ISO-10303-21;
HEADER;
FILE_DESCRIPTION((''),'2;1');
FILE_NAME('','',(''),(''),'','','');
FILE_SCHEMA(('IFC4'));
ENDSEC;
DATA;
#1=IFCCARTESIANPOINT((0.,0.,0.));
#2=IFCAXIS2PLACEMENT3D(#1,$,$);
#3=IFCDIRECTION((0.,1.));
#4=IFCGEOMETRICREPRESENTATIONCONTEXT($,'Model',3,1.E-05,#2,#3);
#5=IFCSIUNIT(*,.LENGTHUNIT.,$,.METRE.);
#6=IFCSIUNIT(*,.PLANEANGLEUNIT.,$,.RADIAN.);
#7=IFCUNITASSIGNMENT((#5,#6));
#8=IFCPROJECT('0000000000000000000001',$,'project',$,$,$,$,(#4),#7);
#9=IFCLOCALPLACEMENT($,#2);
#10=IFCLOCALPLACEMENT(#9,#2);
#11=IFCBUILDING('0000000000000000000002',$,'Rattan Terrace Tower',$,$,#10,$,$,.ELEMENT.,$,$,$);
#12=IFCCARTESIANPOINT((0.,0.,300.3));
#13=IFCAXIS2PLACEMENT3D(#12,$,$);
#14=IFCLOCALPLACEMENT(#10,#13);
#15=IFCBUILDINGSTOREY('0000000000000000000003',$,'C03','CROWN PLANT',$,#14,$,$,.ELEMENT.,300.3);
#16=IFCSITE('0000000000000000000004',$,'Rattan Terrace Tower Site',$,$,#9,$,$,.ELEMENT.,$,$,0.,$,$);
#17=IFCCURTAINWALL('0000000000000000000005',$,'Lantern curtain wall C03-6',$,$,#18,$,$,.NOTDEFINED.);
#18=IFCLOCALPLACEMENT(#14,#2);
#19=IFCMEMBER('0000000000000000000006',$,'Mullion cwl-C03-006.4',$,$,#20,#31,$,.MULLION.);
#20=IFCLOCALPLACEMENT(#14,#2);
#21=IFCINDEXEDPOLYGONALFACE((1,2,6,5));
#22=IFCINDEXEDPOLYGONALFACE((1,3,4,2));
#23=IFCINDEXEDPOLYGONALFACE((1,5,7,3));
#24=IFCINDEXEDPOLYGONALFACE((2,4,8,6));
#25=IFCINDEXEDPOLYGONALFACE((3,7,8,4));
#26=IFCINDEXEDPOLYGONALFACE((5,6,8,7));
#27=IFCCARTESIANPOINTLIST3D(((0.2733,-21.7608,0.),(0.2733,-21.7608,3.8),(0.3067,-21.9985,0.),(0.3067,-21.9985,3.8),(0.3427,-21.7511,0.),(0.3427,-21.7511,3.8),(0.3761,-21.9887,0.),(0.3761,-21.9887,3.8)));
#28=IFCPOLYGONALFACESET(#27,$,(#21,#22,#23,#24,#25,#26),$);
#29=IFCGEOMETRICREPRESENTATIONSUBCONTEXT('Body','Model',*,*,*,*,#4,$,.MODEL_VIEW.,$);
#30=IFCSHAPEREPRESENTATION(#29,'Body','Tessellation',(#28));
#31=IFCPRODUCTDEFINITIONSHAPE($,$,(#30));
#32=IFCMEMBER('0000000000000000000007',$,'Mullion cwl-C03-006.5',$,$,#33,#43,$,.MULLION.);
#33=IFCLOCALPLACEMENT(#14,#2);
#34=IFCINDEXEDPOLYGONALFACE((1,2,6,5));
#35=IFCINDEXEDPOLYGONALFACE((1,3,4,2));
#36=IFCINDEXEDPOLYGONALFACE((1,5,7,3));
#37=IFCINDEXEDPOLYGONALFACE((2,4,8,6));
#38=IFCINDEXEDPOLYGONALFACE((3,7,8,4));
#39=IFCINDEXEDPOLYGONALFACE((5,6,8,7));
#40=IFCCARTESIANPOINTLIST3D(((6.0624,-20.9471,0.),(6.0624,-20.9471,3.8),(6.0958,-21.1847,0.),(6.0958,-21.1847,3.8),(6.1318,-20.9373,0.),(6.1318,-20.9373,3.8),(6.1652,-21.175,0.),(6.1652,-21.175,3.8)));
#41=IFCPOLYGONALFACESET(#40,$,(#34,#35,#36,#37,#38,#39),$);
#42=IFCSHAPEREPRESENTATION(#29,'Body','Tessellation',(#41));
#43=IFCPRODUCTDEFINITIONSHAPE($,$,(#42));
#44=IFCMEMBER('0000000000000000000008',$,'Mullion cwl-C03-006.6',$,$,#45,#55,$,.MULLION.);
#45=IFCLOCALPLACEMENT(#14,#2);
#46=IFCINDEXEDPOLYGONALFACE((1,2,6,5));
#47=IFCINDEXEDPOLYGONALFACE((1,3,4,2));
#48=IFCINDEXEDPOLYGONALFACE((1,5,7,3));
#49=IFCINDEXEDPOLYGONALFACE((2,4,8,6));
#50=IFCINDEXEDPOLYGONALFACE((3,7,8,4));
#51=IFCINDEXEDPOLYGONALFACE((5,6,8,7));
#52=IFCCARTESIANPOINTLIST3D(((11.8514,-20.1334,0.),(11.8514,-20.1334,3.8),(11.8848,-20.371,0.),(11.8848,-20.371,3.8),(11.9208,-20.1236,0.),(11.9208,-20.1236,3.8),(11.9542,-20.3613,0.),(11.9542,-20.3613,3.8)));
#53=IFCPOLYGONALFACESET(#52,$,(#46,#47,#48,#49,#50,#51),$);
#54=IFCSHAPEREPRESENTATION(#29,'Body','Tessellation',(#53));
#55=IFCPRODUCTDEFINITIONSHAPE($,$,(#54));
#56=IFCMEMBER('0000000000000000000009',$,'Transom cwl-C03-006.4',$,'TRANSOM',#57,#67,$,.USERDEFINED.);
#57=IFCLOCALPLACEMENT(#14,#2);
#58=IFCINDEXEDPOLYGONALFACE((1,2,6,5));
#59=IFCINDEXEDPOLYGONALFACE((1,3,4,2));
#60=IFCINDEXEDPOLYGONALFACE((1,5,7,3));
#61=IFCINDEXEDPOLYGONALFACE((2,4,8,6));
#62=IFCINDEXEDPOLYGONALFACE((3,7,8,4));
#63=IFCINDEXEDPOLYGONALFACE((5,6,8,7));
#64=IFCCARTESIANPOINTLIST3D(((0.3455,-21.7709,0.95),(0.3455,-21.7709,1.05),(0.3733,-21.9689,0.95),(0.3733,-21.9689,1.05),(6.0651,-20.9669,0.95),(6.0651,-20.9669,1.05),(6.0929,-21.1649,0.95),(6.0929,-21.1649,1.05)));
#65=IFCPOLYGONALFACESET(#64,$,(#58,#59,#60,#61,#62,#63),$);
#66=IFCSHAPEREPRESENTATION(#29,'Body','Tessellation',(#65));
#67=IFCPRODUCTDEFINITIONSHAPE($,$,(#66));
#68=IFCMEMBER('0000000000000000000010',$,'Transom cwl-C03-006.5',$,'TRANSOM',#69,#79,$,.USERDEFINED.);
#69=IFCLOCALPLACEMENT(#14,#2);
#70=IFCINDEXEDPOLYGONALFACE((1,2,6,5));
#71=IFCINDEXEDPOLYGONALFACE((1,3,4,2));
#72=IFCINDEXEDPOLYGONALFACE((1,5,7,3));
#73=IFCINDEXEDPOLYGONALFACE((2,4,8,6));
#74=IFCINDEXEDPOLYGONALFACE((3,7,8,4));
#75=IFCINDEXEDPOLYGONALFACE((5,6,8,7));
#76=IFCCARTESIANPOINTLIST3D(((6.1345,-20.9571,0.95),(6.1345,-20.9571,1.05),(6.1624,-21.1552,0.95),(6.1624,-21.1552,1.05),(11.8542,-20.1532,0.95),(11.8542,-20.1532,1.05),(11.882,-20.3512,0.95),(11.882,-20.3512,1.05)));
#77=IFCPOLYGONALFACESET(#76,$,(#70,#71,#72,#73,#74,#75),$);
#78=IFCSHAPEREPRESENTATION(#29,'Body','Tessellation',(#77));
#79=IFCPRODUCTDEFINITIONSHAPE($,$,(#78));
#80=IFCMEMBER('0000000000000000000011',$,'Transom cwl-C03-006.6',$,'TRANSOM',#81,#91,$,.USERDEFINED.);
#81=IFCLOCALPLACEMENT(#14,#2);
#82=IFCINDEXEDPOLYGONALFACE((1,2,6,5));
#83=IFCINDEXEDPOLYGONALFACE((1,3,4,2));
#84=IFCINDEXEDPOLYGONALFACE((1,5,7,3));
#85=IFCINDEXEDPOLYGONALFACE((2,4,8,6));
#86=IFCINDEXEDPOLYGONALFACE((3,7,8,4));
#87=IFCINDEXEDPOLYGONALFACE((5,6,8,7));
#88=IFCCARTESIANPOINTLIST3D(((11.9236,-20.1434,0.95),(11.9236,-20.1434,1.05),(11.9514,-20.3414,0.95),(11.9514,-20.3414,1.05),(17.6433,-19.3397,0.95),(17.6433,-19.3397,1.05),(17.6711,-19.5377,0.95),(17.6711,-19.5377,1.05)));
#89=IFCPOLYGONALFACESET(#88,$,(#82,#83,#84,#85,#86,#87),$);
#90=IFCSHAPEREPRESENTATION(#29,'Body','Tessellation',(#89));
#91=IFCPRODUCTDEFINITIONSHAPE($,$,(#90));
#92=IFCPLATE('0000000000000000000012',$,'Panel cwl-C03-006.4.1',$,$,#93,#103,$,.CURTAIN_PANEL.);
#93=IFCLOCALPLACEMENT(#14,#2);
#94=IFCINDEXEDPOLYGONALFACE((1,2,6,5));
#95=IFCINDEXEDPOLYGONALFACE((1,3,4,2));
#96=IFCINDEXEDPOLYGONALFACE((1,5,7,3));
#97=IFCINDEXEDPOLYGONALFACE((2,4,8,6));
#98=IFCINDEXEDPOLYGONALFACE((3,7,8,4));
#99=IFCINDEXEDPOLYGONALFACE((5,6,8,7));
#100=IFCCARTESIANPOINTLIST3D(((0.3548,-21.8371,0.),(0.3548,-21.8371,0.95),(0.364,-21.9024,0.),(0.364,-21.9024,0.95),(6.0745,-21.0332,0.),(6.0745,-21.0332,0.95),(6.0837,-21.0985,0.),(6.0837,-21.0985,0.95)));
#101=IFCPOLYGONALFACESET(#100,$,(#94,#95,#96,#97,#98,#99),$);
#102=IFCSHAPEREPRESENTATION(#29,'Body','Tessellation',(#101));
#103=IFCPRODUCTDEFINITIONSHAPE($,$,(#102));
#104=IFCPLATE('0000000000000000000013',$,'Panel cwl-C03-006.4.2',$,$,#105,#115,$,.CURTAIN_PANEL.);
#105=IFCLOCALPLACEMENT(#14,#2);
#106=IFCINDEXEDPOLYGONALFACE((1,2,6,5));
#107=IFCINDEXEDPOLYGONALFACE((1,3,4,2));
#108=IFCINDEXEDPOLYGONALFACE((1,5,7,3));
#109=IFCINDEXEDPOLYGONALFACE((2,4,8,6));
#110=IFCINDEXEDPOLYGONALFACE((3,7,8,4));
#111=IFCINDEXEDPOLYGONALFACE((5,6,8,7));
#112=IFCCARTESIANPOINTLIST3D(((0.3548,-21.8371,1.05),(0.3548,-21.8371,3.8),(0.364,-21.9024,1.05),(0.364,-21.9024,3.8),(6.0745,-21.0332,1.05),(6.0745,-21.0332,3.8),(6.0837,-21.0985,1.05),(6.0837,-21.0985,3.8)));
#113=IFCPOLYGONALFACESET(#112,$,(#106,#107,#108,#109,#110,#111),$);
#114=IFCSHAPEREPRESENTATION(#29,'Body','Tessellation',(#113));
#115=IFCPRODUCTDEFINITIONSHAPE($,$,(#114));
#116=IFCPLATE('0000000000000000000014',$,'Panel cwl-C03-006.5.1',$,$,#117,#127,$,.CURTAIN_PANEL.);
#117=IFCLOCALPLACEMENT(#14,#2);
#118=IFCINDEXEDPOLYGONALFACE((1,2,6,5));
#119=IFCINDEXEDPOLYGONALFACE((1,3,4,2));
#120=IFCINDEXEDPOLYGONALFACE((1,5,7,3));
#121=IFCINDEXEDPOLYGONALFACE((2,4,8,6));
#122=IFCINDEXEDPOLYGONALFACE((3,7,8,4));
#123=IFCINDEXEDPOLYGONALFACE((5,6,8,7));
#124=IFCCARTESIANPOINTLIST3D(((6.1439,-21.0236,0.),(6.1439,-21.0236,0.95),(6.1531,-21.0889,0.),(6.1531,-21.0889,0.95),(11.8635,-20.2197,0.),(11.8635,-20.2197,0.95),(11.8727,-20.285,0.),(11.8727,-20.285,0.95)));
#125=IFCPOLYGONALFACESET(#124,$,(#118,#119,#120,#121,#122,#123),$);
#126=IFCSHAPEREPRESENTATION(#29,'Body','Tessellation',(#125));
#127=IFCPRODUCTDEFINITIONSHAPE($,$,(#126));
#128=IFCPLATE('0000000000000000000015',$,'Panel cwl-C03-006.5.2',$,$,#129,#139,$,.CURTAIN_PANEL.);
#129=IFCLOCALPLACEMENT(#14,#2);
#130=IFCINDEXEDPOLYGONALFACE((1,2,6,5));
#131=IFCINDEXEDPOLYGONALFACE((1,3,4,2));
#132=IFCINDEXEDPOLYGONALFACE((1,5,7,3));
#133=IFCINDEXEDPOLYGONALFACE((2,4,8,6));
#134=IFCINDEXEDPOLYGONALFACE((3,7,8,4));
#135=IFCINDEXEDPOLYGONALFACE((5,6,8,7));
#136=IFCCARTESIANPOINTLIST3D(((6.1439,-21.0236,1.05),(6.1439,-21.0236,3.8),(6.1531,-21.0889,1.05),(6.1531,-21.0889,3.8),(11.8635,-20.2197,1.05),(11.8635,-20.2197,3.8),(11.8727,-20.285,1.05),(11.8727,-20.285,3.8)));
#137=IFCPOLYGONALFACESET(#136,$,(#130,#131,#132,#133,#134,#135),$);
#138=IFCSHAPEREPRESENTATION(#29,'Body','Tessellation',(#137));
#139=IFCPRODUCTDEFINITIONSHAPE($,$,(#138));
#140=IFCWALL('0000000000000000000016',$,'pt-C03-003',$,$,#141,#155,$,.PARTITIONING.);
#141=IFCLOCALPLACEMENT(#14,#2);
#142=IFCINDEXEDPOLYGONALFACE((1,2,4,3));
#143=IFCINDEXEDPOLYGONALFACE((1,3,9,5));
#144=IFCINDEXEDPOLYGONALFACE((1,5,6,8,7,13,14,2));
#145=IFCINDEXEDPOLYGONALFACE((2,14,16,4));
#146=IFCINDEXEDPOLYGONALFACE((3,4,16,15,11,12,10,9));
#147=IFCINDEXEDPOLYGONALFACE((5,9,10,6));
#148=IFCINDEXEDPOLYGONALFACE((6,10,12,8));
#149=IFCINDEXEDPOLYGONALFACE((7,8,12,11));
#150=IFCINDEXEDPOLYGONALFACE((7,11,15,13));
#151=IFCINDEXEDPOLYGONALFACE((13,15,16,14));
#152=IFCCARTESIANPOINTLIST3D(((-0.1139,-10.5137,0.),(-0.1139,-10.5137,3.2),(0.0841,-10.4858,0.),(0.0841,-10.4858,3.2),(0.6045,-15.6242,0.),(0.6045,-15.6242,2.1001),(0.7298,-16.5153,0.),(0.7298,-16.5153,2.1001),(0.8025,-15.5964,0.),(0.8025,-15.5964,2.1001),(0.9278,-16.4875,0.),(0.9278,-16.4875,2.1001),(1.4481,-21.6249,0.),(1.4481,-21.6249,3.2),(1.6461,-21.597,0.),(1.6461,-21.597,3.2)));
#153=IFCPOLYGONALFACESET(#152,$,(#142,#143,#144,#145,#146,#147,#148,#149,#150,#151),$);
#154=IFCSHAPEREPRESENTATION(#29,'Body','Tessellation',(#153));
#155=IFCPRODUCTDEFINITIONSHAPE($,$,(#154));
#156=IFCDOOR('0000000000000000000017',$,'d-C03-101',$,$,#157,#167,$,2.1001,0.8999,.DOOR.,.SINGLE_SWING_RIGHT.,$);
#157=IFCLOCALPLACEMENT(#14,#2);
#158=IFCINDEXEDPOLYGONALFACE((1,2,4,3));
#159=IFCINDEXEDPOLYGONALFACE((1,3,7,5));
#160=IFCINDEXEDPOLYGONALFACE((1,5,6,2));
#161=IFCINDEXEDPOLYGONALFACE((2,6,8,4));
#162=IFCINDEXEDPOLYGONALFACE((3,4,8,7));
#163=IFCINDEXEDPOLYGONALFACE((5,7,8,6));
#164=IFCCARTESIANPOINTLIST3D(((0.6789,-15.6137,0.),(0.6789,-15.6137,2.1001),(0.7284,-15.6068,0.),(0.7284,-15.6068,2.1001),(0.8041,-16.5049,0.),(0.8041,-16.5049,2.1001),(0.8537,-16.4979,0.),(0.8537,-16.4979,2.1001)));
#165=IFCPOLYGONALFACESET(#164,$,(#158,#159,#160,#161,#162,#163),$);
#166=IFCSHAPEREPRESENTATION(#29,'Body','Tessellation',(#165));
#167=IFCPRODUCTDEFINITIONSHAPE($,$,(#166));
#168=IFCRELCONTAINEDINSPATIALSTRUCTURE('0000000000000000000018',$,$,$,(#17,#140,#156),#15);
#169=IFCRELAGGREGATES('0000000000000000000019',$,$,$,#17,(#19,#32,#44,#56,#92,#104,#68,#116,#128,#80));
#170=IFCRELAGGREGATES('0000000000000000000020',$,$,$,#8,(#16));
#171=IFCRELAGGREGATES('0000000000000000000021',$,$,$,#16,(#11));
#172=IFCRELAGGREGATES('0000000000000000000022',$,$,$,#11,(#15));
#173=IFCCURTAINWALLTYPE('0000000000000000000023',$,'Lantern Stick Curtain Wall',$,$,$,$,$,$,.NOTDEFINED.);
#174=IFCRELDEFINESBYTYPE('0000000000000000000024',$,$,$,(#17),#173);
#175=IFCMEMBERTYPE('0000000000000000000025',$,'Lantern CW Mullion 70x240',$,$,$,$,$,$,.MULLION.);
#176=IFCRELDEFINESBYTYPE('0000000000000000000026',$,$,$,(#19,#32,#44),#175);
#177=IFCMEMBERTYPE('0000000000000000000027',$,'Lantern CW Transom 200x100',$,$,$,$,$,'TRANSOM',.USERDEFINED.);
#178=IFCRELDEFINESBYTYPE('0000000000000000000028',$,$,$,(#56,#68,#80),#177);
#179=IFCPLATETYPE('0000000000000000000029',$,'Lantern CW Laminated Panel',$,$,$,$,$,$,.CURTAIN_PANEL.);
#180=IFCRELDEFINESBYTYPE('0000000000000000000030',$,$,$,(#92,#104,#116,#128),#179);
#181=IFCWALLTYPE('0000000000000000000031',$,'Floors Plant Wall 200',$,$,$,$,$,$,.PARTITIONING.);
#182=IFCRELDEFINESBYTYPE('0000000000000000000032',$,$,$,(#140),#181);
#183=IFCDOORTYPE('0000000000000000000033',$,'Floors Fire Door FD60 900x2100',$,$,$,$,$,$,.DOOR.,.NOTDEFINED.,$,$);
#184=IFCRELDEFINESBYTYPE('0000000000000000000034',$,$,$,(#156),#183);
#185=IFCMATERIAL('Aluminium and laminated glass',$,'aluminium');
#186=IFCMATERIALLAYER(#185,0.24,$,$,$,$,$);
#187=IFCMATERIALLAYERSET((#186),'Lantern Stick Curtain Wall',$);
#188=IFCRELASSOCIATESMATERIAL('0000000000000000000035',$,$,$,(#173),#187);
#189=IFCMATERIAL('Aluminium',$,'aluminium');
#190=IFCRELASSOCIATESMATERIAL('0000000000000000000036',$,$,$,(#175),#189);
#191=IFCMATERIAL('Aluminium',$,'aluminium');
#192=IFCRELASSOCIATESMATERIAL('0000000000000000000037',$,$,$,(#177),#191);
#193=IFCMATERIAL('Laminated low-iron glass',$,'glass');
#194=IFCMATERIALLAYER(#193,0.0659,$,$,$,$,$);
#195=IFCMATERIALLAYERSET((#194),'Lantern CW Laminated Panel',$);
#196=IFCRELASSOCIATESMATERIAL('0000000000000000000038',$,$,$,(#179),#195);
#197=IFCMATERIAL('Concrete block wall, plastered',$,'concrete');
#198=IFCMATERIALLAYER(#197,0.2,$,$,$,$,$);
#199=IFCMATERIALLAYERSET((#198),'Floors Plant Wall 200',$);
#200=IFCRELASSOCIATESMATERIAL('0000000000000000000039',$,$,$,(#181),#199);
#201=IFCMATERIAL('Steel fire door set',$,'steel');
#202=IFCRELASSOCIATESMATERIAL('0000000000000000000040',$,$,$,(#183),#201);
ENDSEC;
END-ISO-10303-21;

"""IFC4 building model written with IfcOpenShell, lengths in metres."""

from ifc_helpers import new_model, si_unit, direction, frame, frame_2d, origin, origin_2d, place, context, subcontext, project, spatial, rectangle, extrude, material, layer, layer_set, material_profile, profile_set, type_object, element, fill, aggregate, save


model = new_model("IFC4")

# Units and contexts
model_context = context("Model", 3, precision=1e-05, world=origin(), true_north=direction((0.0, 1.0)))
body_context = subcontext(model_context, "Body", "Model", "MODEL_VIEW")
ifc_project = project(units=[si_unit("LENGTHUNIT", "METRE"), si_unit("PLANEANGLEUNIT", "RADIAN")], contexts=[model_context])

# Site, building, storey
site_placement = place(None, origin())
site = spatial("IfcSite", under=ifc_project, at=site_placement, Name="Rattan Terrace Tower Site", CompositionType="ELEMENT", RefElevation=0.0)
building_placement = place(site_placement, origin())
building = spatial("IfcBuilding", under=site, at=building_placement, Name="Rattan Terrace Tower", CompositionType="ELEMENT")
storey_placement = place(building_placement, frame((0.0, 0.0, 300.3)))
storey = spatial("IfcBuildingStorey", under=building, at=storey_placement, Name="C03", Description="CROWN PLANT", CompositionType="ELEMENT", Elevation=300.3)

# Curtain wall, members, plates
ifc_material_1 = material(Name="Aluminium and laminated glass", Category="aluminium")
ifc_layer_1 = layer(ifc_material_1, 0.24)
ifc_layer_set_1 = layer_set([ifc_layer_1], Name="Lantern Stick Curtain Wall")
curtain_wall_type = type_object("IfcCurtainWallType", Name="Lantern Stick Curtain Wall", PredefinedType="NOTDEFINED", material=ifc_layer_set_1)
curtain_wall_placement = place(storey_placement, origin())
curtain_wall = element("IfcCurtainWall", 1, at=curtain_wall_placement, inside=storey, type_object=curtain_wall_type, Name="Lantern curtain wall C03-6", PredefinedType="NOTDEFINED")
ifc_material_2 = material(Name="Aluminium", Category="aluminium")
ifc_material_profile_1 = material_profile(ifc_material_2, rectangle(XDim=0.0701, YDim=0.24, at=origin_2d()), Name="Aluminium 70x240")
ifc_profile_set_1 = profile_set([ifc_material_profile_1], Name="Aluminium")
member_type_1 = type_object("IfcMemberType", Name="Lantern CW Mullion 70x240", PredefinedType="MULLION", material=ifc_profile_set_1)
member_1_placement = place(storey_placement, frame((0.3247, -21.8748, 0.0), z_axis=(0.0, 0.0, 1.0), x_axis=(0.990267, 0.139181, 0.0)))
member_1 = element("IfcMember", 2, at=member_1_placement, type_object=member_type_1, Name="Mullion cwl-C03-006.4", PredefinedType="MULLION", context=body_context, shape_type="SweptSolid", body=[
    extrude(rectangle(XDim=0.0701, YDim=0.24, at=origin_2d()), origin(), (0.0, 0.0, 1.0), 3.8),
])
member_2_placement = place(storey_placement, frame((6.1138, -21.061, 0.0), z_axis=(0.0, 0.0, 1.0), x_axis=(0.990267, 0.139181, 0.0)))
member_2 = element("IfcMember", 3, at=member_2_placement, type_object=member_type_1, Name="Mullion cwl-C03-006.5", PredefinedType="MULLION", context=body_context, shape_type="SweptSolid", body=[
    extrude(rectangle(XDim=0.0701, YDim=0.24, at=origin_2d()), origin(), (0.0, 0.0, 1.0), 3.8),
])
member_3_placement = place(storey_placement, frame((11.9028, -20.2473, 0.0), z_axis=(0.0, 0.0, 1.0), x_axis=(0.990267, 0.139181, 0.0)))
member_3 = element("IfcMember", 4, at=member_3_placement, type_object=member_type_1, Name="Mullion cwl-C03-006.6", PredefinedType="MULLION", context=body_context, shape_type="SweptSolid", body=[
    extrude(rectangle(XDim=0.0701, YDim=0.24, at=origin_2d()), origin(), (0.0, 0.0, 1.0), 3.8),
])
ifc_material_3 = material(Name="Aluminium", Category="aluminium")
ifc_material_profile_2 = material_profile(ifc_material_3, rectangle(XDim=0.2, YDim=0.1001, at=origin_2d()), Name="Aluminium 200x100")
ifc_profile_set_2 = profile_set([ifc_material_profile_2], Name="Aluminium")
member_type_2 = type_object("IfcMemberType", Name="Lantern CW Transom 200x100", ElementType="TRANSOM", PredefinedType="USERDEFINED", material=ifc_profile_set_2)
member_4_placement = place(storey_placement, frame((0.3594, -21.8699, 1.0), z_axis=(0.990266, 0.13919, 0.0), x_axis=(-0.13919, 0.990266, 0.0)))
member_4 = element("IfcMember", 5, at=member_4_placement, type_object=member_type_2, Name="Transom cwl-C03-006.4", ObjectType="TRANSOM", PredefinedType="USERDEFINED", context=body_context, shape_type="SweptSolid", body=[
    extrude(rectangle(XDim=0.2, YDim=0.1001, at=origin_2d()), origin(), (0.0, 0.0, 1.0), 5.7759),
])
member_5_placement = place(storey_placement, frame((6.1484, -21.0562, 1.0), z_axis=(0.990266, 0.13919, 0.0), x_axis=(-0.13919, 0.990266, 0.0)))
member_5 = element("IfcMember", 6, at=member_5_placement, type_object=member_type_2, Name="Transom cwl-C03-006.5", ObjectType="TRANSOM", PredefinedType="USERDEFINED", context=body_context, shape_type="SweptSolid", body=[
    extrude(rectangle(XDim=0.2, YDim=0.1001, at=origin_2d()), origin(), (0.0, 0.0, 1.0), 5.7759),
])
member_6_placement = place(storey_placement, frame((11.9375, -20.2424, 1.0), z_axis=(0.990272, 0.139149, 0.0), x_axis=(-0.139149, 0.990272, 0.0)))
member_6 = element("IfcMember", 7, at=member_6_placement, type_object=member_type_2, Name="Transom cwl-C03-006.6", ObjectType="TRANSOM", PredefinedType="USERDEFINED", context=body_context, shape_type="SweptSolid", body=[
    extrude(rectangle(XDim=0.2, YDim=0.1001, at=origin_2d()), origin(), (0.0, 0.0, 1.0), 5.7759),
])
ifc_material_4 = material(Name="Laminated low-iron glass", Category="glass")
ifc_layer_2 = layer(ifc_material_4, 0.0659)
ifc_layer_set_2 = layer_set([ifc_layer_2], Name="Lantern CW Laminated Panel")
plate_type = type_object("IfcPlateType", Name="Lantern CW Laminated Panel", PredefinedType="CURTAIN_PANEL", material=ifc_layer_set_2)
plate_1_placement = place(storey_placement, frame((3.2192, -21.4678, 0.0), z_axis=(0.0, 0.0, 1.0), x_axis=(0.990267, 0.139181, 0.0)))
plate_1 = element("IfcPlate", 8, at=plate_1_placement, type_object=plate_type, Name="Panel cwl-C03-006.4.1", PredefinedType="CURTAIN_PANEL", context=body_context, shape_type="SweptSolid", body=[
    extrude(rectangle(XDim=5.7759, YDim=0.0659, at=origin_2d()), origin(), (0.0, 0.0, 1.0), 0.95),
])
plate_2_placement = place(storey_placement, frame((3.2192, -21.4678, 1.05), z_axis=(0.0, 0.0, 1.0), x_axis=(0.990267, 0.139181, 0.0)))
plate_2 = element("IfcPlate", 9, at=plate_2_placement, type_object=plate_type, Name="Panel cwl-C03-006.4.2", PredefinedType="CURTAIN_PANEL", context=body_context, shape_type="SweptSolid", body=[
    extrude(rectangle(XDim=5.7759, YDim=0.0659, at=origin_2d()), origin(), (0.0, 0.0, 1.0), 2.75),
])
plate_3_placement = place(storey_placement, frame((9.0083, -20.6543, 0.0), z_axis=(0.0, 0.0, 1.0), x_axis=(0.990267, 0.139181, 0.0)))
plate_3 = element("IfcPlate", 10, at=plate_3_placement, type_object=plate_type, Name="Panel cwl-C03-006.5.1", PredefinedType="CURTAIN_PANEL", context=body_context, shape_type="SweptSolid", body=[
    extrude(rectangle(XDim=5.7759, YDim=0.0659, at=origin_2d()), origin(), (0.0, 0.0, 1.0), 0.95),
])
plate_4_placement = place(storey_placement, frame((9.0083, -20.6543, 1.05), z_axis=(0.0, 0.0, 1.0), x_axis=(0.990267, 0.139181, 0.0)))
plate_4 = element("IfcPlate", 11, at=plate_4_placement, type_object=plate_type, Name="Panel cwl-C03-006.5.2", PredefinedType="CURTAIN_PANEL", context=body_context, shape_type="SweptSolid", body=[
    extrude(rectangle(XDim=5.7759, YDim=0.0659, at=origin_2d()), origin(), (0.0, 0.0, 1.0), 2.75),
])
aggregate(curtain_wall, [member_1, member_2, member_3, member_4, plate_1, plate_2, member_5, plate_3, plate_4, member_6])

# Wall, opening, door
ifc_material_5 = material(Name="Concrete block wall, plastered", Category="concrete")
ifc_layer_3 = layer(ifc_material_5, 0.2)
ifc_layer_set_3 = layer_set([ifc_layer_3], Name="Floors Plant Wall 200")
wall_type = type_object("IfcWallType", Name="Floors Plant Wall 200", PredefinedType="PARTITIONING", material=ifc_layer_set_3)
wall_placement = place(storey_placement, frame((1.5471, -21.6111, 0.0), z_axis=(0.0, 0.0, 1.0), x_axis=(-0.139212, 0.990263, 0.0)))
wall = element("IfcWall", 12, at=wall_placement, inside=storey, type_object=wall_type, Name="pt-C03-003", PredefinedType="PARTITIONING", context=body_context, shape_type="SweptSolid", body=[
    extrude(rectangle(XDim=11.2205, YDim=0.2, at=frame_2d((5.6104, 0.0))), origin(), (0.0, 0.0, 1.0), 3.2),
])
opening_placement = place(wall_placement, frame((5.1599, 0.0, 0.0)))
opening = element("IfcOpeningElement", 13, at=opening_placement, cuts=wall, PredefinedType="OPENING", context=body_context, shape_type="SweptSolid", body=[
    extrude(rectangle(XDim=0.8999, YDim=2.1001, at=frame_2d((0.45, 1.05))), frame((0.0, 0.1106, 0.0), z_axis=(0.0, -1.0, 0.0), x_axis=(1.0, 0.0, 0.0)), (0.0, 0.0, 1.0), 0.2209),
])
ifc_material_6 = material(Name="Steel fire door set", Category="steel")
door_type = type_object("IfcDoorType", Name="Floors Fire Door FD60 900x2100", OperationType="NOTDEFINED", PredefinedType="DOOR", material=ifc_material_6)
door_placement = place(opening_placement, origin())
door = element("IfcDoor", 14, at=door_placement, inside=storey, type_object=door_type, Name="d-C03-101", OperationType="SINGLE_SWING_RIGHT", OverallHeight=2.1001, OverallWidth=0.8999, PredefinedType="DOOR", context=body_context, shape_type="SweptSolid", body=[
    extrude(rectangle(XDim=0.8999, YDim=2.1001, at=frame_2d((0.45, 1.05))), frame((0.0, 0.0249, 0.0), z_axis=(0.0, -1.0, 0.0), x_axis=(1.0, 0.0, 0.0)), (0.0, 0.0, 1.0), 0.05),
])
fill(opening, door)

save(model, "model.ifc")
